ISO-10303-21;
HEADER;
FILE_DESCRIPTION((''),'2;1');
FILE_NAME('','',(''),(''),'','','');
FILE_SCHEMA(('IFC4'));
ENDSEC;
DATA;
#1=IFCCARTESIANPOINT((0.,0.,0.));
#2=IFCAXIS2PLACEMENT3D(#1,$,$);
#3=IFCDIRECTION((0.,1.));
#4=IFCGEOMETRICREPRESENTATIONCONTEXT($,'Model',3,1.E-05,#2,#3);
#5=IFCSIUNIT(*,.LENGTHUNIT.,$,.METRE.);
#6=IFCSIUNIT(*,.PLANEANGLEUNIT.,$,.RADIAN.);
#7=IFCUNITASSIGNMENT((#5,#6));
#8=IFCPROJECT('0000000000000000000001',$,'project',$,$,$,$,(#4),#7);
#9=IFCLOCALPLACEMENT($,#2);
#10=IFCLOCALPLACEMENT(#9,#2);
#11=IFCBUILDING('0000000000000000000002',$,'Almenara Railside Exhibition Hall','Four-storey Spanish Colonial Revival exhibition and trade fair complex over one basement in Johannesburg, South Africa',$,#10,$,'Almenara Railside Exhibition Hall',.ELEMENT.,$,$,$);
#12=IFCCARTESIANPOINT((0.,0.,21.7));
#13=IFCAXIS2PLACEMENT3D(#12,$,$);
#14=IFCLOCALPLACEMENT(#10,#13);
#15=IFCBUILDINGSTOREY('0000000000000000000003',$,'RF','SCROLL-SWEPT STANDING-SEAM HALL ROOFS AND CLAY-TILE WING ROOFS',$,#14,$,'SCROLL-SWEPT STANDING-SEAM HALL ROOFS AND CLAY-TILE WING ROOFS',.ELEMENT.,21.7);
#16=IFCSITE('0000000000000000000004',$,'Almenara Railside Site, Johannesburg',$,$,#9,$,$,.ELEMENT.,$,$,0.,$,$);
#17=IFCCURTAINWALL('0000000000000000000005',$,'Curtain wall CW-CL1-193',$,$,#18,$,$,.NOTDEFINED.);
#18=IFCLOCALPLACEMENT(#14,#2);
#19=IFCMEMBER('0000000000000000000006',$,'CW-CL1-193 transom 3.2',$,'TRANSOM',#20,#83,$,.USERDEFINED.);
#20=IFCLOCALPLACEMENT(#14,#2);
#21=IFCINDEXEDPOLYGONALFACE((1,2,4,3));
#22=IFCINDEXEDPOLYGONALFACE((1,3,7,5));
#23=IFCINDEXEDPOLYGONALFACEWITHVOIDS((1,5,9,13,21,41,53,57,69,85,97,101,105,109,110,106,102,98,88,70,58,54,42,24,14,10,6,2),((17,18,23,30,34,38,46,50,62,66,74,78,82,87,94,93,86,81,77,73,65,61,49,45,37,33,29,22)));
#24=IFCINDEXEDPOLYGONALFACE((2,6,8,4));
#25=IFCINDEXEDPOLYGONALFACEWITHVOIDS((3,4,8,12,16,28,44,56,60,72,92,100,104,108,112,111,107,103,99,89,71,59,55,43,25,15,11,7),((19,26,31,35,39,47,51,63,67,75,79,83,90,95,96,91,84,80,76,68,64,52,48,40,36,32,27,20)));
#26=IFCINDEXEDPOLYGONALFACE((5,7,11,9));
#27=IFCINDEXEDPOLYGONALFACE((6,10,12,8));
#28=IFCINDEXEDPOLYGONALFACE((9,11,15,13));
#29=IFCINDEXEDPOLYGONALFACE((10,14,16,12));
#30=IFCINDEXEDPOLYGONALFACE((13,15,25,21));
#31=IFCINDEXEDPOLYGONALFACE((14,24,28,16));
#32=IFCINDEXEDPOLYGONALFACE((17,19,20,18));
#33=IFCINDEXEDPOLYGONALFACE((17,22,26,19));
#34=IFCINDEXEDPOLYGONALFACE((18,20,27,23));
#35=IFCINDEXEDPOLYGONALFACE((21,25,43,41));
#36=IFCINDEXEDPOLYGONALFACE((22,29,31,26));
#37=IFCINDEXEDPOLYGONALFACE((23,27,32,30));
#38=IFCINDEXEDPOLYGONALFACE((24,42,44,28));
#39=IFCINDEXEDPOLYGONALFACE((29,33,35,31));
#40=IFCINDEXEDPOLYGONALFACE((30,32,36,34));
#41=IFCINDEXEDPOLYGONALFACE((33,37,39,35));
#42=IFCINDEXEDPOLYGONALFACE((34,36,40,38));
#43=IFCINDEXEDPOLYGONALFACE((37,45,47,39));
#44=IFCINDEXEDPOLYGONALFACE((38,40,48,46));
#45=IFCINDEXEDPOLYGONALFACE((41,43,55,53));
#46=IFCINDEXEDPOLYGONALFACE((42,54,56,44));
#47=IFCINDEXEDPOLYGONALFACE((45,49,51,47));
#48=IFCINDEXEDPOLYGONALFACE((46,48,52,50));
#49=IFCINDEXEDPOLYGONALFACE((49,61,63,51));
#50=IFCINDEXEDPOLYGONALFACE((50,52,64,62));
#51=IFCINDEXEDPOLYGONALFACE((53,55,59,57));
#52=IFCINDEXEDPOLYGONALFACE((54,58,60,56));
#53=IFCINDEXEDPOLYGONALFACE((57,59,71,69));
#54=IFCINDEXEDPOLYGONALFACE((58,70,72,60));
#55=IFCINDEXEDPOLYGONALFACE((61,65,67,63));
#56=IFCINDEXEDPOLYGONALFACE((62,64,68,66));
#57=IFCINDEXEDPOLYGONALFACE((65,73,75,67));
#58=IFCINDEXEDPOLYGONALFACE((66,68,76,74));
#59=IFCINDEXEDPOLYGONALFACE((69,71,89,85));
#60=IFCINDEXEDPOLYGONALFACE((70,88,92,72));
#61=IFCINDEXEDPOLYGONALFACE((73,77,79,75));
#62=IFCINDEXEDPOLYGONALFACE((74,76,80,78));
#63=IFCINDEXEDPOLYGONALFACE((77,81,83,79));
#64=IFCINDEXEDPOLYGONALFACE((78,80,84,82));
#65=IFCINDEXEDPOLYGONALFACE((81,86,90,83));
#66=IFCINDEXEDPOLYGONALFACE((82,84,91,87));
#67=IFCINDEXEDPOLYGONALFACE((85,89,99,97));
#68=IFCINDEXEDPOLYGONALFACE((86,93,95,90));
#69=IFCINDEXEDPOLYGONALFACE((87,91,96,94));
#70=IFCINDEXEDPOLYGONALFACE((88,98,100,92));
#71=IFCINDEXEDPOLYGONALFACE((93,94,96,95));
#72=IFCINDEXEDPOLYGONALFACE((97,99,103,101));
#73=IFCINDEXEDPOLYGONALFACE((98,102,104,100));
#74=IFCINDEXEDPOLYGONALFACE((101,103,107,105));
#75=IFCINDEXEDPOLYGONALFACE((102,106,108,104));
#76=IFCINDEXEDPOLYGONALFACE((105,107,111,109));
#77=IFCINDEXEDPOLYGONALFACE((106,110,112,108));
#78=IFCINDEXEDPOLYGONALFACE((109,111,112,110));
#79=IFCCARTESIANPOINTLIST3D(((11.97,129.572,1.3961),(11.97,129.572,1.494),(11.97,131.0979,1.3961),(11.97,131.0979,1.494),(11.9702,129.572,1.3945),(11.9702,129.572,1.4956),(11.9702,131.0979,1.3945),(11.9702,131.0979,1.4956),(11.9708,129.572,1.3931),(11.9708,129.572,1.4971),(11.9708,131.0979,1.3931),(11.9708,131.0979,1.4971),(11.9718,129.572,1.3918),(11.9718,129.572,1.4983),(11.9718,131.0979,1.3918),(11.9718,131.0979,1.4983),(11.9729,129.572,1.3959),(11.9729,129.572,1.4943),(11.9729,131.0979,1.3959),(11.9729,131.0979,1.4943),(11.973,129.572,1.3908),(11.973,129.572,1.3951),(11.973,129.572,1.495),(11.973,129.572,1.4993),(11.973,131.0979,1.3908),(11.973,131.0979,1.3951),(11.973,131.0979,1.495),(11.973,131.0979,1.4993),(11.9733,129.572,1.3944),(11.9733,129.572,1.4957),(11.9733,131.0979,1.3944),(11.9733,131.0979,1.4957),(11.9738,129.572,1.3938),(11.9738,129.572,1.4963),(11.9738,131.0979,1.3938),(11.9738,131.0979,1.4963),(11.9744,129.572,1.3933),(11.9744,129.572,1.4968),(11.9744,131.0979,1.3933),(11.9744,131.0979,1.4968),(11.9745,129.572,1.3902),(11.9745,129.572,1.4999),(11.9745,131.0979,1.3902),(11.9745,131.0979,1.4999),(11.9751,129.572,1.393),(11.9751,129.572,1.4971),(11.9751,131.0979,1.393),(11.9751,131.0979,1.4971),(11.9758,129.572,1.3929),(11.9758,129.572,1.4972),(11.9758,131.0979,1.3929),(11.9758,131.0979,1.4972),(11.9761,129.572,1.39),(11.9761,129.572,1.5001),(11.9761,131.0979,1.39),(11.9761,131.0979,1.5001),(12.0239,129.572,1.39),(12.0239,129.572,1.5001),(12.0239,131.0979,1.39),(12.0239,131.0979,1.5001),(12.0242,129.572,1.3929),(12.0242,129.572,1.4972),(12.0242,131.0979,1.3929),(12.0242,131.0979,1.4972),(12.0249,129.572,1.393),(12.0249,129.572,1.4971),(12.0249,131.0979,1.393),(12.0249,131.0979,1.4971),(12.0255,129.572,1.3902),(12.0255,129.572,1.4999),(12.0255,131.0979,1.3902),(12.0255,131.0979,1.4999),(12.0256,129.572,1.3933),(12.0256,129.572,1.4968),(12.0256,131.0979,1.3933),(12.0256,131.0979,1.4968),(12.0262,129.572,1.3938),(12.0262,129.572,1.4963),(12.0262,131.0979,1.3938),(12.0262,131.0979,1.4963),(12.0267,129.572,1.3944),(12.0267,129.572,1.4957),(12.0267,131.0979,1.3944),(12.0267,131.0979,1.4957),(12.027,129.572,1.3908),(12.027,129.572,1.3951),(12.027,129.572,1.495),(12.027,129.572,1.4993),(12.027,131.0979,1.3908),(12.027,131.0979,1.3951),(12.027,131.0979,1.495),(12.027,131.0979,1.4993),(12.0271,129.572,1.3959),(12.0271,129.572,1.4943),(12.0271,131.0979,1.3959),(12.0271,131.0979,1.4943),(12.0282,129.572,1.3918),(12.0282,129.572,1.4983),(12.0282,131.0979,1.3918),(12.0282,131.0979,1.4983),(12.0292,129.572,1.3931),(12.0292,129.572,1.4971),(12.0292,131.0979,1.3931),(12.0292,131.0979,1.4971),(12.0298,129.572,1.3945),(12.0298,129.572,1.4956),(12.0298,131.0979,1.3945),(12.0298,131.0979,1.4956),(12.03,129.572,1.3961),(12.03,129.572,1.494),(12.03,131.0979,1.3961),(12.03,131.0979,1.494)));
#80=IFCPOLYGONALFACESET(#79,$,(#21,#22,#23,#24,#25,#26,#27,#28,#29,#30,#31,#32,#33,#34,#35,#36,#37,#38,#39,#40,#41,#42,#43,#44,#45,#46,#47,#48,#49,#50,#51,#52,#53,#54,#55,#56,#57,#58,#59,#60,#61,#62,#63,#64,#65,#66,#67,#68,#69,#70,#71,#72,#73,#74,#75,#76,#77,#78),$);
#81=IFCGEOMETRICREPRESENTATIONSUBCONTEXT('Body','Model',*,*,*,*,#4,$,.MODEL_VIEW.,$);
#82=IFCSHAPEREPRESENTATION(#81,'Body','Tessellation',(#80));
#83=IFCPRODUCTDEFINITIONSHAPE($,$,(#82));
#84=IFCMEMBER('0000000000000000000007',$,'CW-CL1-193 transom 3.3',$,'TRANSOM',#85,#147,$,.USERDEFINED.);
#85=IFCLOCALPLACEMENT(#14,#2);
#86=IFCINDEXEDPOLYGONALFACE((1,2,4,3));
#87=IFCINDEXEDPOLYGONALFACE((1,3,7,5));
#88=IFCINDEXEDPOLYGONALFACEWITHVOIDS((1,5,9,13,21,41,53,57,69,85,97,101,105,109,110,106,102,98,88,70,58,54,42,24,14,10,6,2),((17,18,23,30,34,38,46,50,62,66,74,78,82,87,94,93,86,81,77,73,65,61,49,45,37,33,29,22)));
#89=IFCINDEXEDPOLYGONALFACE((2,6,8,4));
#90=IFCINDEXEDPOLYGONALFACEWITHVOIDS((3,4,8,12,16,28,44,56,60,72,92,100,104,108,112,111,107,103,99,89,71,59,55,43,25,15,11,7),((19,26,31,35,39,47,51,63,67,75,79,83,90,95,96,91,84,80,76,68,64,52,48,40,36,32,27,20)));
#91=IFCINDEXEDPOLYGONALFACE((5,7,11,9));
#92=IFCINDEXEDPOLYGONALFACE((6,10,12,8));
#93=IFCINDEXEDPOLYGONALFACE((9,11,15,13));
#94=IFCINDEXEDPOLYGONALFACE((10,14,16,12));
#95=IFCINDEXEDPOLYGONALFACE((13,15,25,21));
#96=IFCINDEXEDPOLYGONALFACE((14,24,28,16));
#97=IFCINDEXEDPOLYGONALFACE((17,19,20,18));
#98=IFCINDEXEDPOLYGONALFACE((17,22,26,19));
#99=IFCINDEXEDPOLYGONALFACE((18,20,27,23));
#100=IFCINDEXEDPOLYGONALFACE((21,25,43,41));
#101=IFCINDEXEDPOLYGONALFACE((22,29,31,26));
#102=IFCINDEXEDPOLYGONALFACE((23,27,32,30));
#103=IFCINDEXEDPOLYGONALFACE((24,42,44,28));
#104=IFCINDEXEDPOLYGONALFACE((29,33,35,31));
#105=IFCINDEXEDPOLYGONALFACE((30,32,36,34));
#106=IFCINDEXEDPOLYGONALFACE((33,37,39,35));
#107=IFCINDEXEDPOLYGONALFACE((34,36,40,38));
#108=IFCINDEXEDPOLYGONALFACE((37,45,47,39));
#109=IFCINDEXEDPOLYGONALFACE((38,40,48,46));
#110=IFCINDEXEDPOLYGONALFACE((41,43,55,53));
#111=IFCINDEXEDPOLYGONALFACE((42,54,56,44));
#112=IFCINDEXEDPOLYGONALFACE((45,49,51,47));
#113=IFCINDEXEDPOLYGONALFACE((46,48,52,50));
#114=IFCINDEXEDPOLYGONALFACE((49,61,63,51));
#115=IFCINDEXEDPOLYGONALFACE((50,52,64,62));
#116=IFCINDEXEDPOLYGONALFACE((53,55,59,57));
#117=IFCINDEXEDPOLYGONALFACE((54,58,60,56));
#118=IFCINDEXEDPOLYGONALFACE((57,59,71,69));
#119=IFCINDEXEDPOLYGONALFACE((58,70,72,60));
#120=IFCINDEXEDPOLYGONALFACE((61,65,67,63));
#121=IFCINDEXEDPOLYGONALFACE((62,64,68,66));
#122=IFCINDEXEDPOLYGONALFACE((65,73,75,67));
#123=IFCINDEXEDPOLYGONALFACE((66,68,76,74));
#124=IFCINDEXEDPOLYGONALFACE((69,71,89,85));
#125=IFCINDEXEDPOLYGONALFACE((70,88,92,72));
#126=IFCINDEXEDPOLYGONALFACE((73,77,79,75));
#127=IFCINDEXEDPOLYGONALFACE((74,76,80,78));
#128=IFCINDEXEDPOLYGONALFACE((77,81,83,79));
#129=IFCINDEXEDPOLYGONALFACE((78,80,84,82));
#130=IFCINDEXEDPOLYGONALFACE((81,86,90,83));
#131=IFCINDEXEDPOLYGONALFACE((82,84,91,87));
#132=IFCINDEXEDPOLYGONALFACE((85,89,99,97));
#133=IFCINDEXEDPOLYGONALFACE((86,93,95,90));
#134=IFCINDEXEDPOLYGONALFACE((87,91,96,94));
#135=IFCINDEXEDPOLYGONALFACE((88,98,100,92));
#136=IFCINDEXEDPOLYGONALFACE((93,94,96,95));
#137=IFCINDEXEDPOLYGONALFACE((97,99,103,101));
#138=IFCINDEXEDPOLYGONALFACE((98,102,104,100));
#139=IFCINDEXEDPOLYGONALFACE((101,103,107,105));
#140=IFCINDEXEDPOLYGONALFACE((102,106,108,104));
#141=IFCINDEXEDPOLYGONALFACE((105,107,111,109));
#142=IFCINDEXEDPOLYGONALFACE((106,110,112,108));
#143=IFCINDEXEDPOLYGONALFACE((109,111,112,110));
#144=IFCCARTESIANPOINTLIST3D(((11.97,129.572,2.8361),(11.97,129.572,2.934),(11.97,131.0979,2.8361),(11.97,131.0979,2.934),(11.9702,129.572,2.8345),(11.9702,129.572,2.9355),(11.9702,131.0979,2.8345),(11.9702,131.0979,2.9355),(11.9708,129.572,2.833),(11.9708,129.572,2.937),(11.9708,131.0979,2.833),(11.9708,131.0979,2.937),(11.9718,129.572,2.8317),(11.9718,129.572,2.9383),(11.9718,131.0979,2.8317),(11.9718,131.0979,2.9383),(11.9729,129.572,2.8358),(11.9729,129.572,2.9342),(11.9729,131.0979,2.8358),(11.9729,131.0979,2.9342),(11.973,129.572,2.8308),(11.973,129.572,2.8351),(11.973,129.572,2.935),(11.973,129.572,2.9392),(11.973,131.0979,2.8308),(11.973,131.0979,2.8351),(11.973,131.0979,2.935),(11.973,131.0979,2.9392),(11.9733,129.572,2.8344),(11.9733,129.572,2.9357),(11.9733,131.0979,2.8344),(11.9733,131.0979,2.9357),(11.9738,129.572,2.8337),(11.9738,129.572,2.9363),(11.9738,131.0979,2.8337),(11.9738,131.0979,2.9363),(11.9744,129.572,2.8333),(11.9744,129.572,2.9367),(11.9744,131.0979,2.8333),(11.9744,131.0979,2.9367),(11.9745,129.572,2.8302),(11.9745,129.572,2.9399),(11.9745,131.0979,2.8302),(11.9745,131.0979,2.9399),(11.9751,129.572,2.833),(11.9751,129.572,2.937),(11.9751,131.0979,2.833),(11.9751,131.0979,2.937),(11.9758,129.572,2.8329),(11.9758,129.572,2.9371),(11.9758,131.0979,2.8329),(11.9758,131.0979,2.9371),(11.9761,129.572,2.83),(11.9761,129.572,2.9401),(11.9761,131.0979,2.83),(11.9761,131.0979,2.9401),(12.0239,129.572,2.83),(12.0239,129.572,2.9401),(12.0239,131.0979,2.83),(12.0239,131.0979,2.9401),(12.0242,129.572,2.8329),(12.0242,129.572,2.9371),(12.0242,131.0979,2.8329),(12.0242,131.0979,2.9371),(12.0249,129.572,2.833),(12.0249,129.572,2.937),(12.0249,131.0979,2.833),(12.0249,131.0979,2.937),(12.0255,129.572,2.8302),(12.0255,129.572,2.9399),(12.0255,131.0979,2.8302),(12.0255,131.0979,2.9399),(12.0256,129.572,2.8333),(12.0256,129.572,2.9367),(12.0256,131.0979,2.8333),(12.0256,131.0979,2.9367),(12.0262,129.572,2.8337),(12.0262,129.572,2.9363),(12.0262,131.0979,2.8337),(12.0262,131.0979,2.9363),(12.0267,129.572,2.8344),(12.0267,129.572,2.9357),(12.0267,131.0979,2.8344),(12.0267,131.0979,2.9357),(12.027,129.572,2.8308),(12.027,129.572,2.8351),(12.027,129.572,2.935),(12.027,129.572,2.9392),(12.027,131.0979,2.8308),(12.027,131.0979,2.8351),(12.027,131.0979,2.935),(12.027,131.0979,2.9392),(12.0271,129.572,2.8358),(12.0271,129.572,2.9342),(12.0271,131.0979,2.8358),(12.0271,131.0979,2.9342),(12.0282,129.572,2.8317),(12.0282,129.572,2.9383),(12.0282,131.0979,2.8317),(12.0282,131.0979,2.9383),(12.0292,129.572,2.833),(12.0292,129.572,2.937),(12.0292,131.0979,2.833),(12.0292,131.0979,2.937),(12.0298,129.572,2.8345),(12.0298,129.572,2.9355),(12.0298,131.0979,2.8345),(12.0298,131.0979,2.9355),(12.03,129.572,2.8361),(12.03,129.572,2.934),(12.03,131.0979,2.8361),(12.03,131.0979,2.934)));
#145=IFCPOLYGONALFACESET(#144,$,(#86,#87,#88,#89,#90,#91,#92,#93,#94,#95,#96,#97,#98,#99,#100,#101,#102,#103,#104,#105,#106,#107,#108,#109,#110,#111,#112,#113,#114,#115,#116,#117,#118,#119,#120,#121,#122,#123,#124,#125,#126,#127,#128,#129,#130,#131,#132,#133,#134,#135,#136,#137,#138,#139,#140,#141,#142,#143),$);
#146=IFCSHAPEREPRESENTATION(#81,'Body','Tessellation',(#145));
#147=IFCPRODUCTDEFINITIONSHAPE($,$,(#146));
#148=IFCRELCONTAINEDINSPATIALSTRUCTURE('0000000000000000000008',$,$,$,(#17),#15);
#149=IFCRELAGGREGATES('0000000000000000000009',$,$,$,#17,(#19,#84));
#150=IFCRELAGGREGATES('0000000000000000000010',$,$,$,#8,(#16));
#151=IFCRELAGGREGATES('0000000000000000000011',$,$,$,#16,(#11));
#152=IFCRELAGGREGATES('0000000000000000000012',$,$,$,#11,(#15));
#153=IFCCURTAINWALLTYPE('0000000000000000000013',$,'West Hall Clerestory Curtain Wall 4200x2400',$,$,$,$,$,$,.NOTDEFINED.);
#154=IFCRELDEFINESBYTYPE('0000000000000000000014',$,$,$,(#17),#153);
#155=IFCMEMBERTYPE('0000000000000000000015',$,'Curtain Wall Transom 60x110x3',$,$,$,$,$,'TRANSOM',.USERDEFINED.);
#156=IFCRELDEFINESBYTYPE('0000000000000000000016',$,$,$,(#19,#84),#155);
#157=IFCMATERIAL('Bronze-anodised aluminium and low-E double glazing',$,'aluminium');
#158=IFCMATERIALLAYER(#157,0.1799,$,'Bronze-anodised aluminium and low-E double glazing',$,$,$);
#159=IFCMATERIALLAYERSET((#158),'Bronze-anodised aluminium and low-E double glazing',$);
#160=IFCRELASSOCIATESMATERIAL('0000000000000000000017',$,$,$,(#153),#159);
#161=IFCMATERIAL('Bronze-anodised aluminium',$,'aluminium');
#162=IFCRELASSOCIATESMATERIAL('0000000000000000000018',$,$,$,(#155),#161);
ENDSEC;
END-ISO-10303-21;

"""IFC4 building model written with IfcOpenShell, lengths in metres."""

from ifc_helpers import new_model, si_unit, direction, frame, origin, origin_2d, place, context, subcontext, project, spatial, hollow_rectangle, extrude, material, layer, layer_set, material_profile, profile_set, type_object, element, aggregate, save


model = new_model("IFC4")

# Units and contexts
model_context = context("Model", 3, precision=1e-05, world=origin(), true_north=direction((0.0, 1.0)))
body_context = subcontext(model_context, "Body", "Model", "MODEL_VIEW")
ifc_project = project(units=[si_unit("LENGTHUNIT", "METRE"), si_unit("PLANEANGLEUNIT", "RADIAN")], contexts=[model_context])

# Site, building, storey
site_placement = place(None, origin())
site = spatial("IfcSite", under=ifc_project, at=site_placement, Name="Almenara Railside Site, Johannesburg", CompositionType="ELEMENT", RefElevation=0.0)
building_placement = place(site_placement, origin())
building = spatial("IfcBuilding", under=site, at=building_placement, Name="Almenara Railside Exhibition Hall", Description="Four-storey Spanish Colonial Revival exhibition and trade fair complex over one basement in Johannesburg, South Africa", LongName="Almenara Railside Exhibition Hall", CompositionType="ELEMENT")
storey_placement = place(building_placement, frame((0.0, 0.0, 21.7)))
storey = spatial("IfcBuildingStorey", under=building, at=storey_placement, Name="RF", Description="SCROLL-SWEPT STANDING-SEAM HALL ROOFS AND CLAY-TILE WING ROOFS", LongName="SCROLL-SWEPT STANDING-SEAM HALL ROOFS AND CLAY-TILE WING ROOFS", CompositionType="ELEMENT", Elevation=21.7)

# Curtain wall, members
ifc_material_1 = material(Name="Bronze-anodised aluminium and low-E double glazing", Category="aluminium")
ifc_layer_1 = layer(ifc_material_1, 0.1799, Name="Bronze-anodised aluminium and low-E double glazing")
ifc_layer_set_1 = layer_set([ifc_layer_1], Name="Bronze-anodised aluminium and low-E double glazing")
curtain_wall_type_1 = type_object("IfcCurtainWallType", Name="West Hall Clerestory Curtain Wall 4200x2400", PredefinedType="NOTDEFINED", material=ifc_layer_set_1)
curtain_wall_1_placement = place(storey_placement, origin())
curtain_wall_1 = element("IfcCurtainWall", 1, at=curtain_wall_1_placement, inside=storey, type_object=curtain_wall_type_1, Name="Curtain wall CW-CL1-193", PredefinedType="NOTDEFINED")
ifc_material_2 = material(Name="Bronze-anodised aluminium", Category="aluminium")
ifc_material_profile_1 = material_profile(ifc_material_2, hollow_rectangle(XDim=0.0601, YDim=0.1101, WallThickness=0.0029, InnerFilletRadius=0.0029, OuterFilletRadius=0.0061, at=origin_2d()), Name="ALU-TRN 60x110x3")
ifc_profile_set_1 = profile_set([ifc_material_profile_1], Name="Bronze-anodised aluminium")
member_type_1 = type_object("IfcMemberType", Name="Curtain Wall Transom 60x110x3", ElementType="TRANSOM", PredefinedType="USERDEFINED", material=ifc_profile_set_1)
member_1_placement = place(storey_placement, frame((12.0, 129.572, 1.4451), z_axis=(0.0, 1.0, 0.0), x_axis=(-1.0, 0.0, 0.0)))
member_1 = element("IfcMember", 2, at=member_1_placement, type_object=member_type_1, Name="CW-CL1-193 transom 3.2", ObjectType="TRANSOM", PredefinedType="USERDEFINED", context=body_context, shape_type="SweptSolid", body=[
    extrude(hollow_rectangle(XDim=0.0601, YDim=0.1101, WallThickness=0.0029, InnerFilletRadius=0.0029, OuterFilletRadius=0.0061, at=origin_2d()), origin(), (0.0, 0.0, 1.0), 1.5259),
])
member_2_placement = place(storey_placement, frame((12.0, 129.572, 2.885), z_axis=(0.0, 1.0, 0.0), x_axis=(-1.0, 0.0, 0.0)))
member_2 = element("IfcMember", 3, at=member_2_placement, type_object=member_type_1, Name="CW-CL1-193 transom 3.3", ObjectType="TRANSOM", PredefinedType="USERDEFINED", context=body_context, shape_type="SweptSolid", body=[
    extrude(hollow_rectangle(XDim=0.0601, YDim=0.1101, WallThickness=0.0029, InnerFilletRadius=0.0029, OuterFilletRadius=0.0061, at=origin_2d()), origin(), (0.0, 0.0, 1.0), 1.5259),
])

aggregate(curtain_wall_1, [member_1, member_2])

save(model, "model.ifc")
